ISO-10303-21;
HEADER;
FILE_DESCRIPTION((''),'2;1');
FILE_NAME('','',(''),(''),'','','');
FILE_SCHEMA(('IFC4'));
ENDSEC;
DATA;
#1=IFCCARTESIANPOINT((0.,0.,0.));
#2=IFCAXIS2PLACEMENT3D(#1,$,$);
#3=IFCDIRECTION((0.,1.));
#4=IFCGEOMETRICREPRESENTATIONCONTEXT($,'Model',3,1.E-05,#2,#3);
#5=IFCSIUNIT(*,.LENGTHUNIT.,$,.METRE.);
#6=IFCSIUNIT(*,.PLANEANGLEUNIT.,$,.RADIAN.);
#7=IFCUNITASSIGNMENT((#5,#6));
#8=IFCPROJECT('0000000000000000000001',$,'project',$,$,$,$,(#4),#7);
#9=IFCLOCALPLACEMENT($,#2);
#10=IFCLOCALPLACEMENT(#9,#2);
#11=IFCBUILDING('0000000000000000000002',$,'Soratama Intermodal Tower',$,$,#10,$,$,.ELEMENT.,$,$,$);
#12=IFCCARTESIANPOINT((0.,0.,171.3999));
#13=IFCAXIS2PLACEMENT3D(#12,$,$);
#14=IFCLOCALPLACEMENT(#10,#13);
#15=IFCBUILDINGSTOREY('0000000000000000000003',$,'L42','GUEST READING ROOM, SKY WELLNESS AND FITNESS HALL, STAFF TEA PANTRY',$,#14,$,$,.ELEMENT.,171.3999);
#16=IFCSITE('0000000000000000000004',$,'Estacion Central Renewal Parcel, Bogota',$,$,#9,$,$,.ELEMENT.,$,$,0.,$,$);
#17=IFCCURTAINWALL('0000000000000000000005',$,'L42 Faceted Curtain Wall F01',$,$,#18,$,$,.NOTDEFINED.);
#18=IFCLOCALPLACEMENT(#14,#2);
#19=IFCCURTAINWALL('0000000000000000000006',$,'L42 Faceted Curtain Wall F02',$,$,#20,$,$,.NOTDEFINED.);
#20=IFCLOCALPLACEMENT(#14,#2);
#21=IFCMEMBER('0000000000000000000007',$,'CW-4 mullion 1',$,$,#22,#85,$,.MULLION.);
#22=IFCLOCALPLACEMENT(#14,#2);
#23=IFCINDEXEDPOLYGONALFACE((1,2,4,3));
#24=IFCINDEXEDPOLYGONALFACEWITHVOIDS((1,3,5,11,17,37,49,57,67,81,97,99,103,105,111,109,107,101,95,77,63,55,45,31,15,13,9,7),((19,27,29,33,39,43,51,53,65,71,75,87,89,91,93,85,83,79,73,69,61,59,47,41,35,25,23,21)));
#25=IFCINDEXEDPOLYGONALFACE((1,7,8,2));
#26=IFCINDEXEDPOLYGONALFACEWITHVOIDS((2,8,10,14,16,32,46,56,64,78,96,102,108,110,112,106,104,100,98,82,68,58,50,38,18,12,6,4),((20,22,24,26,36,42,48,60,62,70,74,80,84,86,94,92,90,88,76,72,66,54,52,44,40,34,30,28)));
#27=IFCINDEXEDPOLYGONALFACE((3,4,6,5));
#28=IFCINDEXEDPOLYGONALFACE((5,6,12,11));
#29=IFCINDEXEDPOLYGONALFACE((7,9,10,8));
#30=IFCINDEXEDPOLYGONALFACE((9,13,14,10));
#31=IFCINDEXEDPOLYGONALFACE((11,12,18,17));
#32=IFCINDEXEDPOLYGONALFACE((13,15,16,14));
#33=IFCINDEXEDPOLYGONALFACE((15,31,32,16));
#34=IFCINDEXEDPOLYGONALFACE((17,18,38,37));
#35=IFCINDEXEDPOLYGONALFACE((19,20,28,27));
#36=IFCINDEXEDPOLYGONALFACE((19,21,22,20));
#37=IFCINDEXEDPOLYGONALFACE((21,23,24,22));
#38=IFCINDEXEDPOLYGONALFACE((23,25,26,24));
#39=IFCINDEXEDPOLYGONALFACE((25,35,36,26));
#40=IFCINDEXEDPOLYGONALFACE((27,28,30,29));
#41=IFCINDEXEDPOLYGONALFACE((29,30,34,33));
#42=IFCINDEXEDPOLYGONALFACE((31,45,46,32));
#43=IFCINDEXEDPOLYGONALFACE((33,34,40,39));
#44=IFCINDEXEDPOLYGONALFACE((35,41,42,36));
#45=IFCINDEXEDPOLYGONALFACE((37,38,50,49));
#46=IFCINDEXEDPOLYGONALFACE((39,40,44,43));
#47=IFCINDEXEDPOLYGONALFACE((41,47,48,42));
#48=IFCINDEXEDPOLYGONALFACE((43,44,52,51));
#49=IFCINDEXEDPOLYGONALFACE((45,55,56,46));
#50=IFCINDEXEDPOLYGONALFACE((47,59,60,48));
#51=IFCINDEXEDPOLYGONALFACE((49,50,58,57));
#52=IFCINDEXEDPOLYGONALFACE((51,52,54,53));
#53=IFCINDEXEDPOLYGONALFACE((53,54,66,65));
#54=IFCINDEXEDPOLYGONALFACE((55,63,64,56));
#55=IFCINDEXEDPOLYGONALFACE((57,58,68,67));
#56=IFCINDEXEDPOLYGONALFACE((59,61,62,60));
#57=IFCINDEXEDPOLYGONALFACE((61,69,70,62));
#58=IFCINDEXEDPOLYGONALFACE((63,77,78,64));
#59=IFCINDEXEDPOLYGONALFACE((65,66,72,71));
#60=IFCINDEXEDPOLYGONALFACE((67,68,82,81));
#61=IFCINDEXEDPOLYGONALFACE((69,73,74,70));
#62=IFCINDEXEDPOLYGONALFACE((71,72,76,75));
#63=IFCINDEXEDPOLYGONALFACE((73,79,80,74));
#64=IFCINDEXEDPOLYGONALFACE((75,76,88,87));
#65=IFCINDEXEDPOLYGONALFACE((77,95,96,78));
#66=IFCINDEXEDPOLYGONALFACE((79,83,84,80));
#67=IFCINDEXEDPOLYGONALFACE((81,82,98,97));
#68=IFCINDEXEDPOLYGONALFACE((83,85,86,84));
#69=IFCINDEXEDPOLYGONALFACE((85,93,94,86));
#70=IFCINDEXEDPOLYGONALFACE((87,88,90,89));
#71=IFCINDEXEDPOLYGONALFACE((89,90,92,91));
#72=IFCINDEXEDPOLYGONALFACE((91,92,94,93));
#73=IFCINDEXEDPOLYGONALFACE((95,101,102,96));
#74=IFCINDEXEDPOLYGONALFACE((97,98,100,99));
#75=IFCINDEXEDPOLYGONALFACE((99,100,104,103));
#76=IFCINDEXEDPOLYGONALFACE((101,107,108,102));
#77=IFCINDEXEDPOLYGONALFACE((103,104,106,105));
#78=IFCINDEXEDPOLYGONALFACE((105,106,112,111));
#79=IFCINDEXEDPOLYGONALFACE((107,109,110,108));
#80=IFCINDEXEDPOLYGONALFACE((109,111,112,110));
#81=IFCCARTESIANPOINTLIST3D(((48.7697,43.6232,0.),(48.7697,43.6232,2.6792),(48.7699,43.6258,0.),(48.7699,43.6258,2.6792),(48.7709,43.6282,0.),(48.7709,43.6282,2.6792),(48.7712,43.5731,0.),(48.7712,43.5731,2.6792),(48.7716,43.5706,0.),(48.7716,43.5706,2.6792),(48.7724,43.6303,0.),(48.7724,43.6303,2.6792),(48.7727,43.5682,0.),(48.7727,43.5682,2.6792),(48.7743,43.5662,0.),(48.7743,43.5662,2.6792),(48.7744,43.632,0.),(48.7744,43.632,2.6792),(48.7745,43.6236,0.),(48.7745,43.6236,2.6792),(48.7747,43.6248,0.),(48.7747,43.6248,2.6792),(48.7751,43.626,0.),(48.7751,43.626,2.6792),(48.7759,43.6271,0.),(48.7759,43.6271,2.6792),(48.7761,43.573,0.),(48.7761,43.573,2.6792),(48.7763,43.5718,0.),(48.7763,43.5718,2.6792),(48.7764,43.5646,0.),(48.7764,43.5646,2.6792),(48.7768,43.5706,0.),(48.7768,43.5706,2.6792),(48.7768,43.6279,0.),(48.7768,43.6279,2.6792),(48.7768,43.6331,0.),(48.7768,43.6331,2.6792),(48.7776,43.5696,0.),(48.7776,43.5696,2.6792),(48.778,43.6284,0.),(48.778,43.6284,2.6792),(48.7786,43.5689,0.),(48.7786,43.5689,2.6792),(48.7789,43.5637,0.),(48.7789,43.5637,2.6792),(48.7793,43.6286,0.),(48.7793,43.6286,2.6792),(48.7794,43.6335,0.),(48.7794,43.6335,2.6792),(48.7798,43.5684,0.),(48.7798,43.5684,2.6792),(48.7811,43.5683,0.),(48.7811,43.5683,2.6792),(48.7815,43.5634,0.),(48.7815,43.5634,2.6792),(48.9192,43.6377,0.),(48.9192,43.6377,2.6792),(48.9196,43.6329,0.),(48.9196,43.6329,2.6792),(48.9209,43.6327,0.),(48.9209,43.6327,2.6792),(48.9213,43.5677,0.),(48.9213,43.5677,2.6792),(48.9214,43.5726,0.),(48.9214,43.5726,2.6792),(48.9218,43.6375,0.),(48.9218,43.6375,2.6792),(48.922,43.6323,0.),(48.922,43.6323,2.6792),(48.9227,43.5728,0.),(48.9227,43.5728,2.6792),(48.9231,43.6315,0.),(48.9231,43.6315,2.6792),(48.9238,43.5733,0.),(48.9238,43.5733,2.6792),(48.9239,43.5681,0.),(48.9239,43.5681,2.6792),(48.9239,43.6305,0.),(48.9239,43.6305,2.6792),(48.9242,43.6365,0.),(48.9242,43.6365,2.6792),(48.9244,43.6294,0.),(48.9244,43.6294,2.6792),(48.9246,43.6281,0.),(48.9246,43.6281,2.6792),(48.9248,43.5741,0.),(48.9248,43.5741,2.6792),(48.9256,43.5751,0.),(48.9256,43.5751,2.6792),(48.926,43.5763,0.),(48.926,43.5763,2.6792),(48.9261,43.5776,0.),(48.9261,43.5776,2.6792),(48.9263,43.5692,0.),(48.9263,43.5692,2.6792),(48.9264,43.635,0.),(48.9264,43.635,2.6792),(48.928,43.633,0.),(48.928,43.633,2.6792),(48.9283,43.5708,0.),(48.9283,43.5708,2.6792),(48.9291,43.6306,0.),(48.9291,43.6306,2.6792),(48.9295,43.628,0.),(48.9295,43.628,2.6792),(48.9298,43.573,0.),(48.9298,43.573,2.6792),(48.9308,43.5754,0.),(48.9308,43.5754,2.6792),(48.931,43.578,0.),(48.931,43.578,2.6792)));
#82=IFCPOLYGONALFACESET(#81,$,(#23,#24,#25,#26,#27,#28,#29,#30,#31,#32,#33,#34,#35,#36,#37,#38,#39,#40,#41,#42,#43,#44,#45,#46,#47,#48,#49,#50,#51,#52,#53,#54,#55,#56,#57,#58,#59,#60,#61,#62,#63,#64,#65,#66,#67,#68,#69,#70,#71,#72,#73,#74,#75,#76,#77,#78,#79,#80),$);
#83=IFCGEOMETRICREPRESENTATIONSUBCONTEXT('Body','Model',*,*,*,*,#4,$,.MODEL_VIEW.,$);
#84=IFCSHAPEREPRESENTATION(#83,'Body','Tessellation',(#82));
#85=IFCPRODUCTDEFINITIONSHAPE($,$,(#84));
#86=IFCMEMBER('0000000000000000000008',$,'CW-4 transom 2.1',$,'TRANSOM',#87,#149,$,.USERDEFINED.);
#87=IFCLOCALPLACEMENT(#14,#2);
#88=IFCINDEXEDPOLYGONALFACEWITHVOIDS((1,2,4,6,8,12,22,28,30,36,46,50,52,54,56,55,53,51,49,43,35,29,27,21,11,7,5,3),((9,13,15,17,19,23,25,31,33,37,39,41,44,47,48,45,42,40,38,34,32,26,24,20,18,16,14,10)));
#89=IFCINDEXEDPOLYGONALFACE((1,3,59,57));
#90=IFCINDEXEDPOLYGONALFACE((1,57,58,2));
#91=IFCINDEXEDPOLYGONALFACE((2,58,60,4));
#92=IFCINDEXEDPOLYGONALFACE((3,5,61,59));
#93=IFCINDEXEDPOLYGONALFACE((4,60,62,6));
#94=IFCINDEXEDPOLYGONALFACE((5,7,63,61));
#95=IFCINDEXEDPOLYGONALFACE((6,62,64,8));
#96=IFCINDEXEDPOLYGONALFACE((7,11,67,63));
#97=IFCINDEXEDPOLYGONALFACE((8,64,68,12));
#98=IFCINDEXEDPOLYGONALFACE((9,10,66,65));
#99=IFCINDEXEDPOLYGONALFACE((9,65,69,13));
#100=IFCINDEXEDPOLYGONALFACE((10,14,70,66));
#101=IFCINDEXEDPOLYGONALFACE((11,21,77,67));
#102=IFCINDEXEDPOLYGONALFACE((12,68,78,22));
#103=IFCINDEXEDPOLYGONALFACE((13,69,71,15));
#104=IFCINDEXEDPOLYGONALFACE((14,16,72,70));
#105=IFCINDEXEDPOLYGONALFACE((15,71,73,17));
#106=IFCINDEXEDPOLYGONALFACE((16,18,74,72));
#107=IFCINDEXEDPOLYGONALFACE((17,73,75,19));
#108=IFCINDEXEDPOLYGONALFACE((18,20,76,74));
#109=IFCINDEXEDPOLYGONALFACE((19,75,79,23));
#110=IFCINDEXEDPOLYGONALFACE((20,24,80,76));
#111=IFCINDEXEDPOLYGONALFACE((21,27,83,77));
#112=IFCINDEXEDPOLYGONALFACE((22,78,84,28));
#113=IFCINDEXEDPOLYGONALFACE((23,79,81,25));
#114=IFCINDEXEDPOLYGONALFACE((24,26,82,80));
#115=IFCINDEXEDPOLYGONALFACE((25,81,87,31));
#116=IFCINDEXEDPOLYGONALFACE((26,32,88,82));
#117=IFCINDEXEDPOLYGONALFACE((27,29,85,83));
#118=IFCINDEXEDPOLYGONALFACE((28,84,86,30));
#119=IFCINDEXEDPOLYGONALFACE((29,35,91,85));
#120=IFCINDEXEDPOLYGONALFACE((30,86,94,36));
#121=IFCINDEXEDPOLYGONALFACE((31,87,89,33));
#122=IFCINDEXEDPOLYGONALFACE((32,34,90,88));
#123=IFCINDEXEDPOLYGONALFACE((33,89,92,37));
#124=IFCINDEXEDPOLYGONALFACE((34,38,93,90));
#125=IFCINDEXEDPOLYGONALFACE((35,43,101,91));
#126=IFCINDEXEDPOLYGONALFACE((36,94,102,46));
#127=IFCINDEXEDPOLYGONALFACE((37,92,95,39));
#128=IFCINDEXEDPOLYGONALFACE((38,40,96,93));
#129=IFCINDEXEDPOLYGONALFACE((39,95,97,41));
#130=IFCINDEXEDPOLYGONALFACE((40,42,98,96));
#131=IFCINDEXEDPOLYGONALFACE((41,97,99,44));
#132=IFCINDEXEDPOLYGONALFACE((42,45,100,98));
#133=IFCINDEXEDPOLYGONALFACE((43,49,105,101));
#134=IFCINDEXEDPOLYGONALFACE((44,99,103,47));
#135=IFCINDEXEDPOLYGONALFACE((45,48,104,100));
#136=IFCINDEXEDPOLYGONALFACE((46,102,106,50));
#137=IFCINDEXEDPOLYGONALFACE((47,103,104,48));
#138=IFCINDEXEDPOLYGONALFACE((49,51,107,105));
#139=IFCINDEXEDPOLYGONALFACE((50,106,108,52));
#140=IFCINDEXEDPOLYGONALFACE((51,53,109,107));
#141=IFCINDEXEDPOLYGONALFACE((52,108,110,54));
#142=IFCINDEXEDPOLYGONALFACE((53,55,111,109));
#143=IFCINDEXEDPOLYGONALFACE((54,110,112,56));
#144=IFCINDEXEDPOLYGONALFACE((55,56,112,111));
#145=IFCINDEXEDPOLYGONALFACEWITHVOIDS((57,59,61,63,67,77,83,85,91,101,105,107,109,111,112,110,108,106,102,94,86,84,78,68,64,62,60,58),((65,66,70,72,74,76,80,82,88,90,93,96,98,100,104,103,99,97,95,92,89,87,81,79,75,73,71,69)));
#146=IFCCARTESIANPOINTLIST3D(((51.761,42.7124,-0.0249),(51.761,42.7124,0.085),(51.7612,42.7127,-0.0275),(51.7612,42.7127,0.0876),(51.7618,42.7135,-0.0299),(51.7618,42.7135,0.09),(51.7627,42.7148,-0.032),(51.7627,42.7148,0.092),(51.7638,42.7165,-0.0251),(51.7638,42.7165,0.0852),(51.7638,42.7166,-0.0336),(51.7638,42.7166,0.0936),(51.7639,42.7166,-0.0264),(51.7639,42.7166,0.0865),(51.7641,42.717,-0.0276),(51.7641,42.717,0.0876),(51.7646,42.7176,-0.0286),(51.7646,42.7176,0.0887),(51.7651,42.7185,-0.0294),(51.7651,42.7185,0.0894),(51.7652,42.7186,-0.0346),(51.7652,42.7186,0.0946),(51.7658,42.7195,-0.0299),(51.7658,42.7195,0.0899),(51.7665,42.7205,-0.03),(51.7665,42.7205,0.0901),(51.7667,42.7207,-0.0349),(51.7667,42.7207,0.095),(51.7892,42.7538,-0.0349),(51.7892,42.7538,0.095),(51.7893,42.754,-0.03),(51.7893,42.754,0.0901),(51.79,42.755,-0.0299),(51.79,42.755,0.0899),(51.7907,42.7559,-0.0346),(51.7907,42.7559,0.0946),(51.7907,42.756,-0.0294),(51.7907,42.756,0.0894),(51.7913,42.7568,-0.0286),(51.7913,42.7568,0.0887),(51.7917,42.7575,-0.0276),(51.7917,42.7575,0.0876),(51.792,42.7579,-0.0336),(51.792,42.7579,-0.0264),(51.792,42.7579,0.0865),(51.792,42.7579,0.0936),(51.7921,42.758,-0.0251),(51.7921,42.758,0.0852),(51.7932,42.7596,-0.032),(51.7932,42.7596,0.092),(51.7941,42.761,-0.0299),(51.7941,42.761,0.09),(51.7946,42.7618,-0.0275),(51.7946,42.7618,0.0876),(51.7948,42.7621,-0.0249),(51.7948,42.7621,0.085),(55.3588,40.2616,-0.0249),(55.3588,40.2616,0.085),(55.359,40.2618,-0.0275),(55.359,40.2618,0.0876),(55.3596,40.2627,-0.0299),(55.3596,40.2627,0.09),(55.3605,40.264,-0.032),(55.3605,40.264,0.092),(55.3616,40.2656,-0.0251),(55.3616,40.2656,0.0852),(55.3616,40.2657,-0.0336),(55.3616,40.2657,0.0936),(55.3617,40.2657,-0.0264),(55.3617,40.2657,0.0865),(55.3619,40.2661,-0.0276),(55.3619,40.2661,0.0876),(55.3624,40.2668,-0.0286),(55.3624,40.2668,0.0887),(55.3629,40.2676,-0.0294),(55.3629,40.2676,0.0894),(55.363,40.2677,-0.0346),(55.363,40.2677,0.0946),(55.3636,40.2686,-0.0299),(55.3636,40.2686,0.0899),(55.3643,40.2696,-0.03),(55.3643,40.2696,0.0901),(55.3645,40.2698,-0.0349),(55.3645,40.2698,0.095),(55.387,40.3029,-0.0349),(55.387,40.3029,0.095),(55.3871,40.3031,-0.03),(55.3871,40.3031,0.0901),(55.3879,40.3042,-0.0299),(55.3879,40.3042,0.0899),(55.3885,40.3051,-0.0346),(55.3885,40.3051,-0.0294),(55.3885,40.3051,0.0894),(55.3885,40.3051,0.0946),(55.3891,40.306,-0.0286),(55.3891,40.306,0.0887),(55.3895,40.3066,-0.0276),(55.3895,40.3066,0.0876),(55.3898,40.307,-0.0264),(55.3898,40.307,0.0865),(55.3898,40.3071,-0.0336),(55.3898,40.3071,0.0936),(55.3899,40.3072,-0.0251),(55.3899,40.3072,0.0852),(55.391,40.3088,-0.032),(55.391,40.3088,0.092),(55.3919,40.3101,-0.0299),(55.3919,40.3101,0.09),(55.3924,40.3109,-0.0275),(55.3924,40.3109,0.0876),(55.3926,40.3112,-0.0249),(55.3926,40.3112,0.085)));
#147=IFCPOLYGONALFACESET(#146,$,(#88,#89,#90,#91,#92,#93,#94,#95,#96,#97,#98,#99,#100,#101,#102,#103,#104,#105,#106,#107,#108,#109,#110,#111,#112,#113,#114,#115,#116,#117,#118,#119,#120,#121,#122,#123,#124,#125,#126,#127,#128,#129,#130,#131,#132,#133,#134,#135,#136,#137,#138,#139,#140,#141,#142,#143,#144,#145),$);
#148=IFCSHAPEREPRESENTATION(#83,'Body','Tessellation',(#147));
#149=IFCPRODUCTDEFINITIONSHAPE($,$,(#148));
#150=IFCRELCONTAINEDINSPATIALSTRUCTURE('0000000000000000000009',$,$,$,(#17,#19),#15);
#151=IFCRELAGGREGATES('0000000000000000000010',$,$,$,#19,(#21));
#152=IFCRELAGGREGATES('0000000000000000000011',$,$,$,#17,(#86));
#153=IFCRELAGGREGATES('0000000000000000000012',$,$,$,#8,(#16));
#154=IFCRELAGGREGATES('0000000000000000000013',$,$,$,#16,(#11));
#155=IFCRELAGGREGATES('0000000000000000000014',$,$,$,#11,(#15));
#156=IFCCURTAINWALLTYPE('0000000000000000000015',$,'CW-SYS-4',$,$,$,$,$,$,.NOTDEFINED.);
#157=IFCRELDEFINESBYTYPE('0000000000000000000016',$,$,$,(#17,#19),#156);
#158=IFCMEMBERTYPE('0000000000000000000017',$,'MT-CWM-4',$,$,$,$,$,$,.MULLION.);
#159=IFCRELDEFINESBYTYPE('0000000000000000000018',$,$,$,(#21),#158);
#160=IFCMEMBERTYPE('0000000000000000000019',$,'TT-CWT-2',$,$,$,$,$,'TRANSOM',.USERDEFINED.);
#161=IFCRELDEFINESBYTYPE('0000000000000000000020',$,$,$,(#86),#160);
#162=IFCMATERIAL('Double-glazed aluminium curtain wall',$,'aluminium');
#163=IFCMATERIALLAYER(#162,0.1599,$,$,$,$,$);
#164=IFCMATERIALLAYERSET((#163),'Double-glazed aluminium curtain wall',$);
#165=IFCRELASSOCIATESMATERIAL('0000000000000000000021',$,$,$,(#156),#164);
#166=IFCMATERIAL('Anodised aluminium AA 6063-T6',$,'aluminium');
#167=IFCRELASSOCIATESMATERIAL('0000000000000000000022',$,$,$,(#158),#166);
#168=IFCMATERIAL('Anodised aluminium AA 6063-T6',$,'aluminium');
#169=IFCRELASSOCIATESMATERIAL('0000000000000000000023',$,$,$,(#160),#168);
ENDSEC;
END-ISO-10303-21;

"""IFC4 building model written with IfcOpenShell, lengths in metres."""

from ifc_helpers import new_model, si_unit, direction, frame, origin, origin_2d, place, context, subcontext, project, spatial, hollow_rectangle, extrude, material, layer, layer_set, material_profile, profile_set, type_object, element, aggregate, save


model = new_model("IFC4")

# Units and contexts
model_context = context("Model", 3, precision=1e-05, world=origin(), true_north=direction((0.0, 1.0)))
body_context = subcontext(model_context, "Body", "Model", "MODEL_VIEW")
ifc_project = project(units=[si_unit("LENGTHUNIT", "METRE"), si_unit("PLANEANGLEUNIT", "RADIAN")], contexts=[model_context])

# Site, building, storey
site_placement = place(None, origin())
site = spatial("IfcSite", under=ifc_project, at=site_placement, Name="Estacion Central Renewal Parcel, Bogota", CompositionType="ELEMENT", RefElevation=0.0)
building_placement = place(site_placement, origin())
building = spatial("IfcBuilding", under=site, at=building_placement, Name="Soratama Intermodal Tower", CompositionType="ELEMENT")
storey_placement = place(building_placement, frame((0.0, 0.0, 171.3999)))
storey = spatial("IfcBuildingStorey", under=building, at=storey_placement, Name="L42", Description="GUEST READING ROOM, SKY WELLNESS AND FITNESS HALL, STAFF TEA PANTRY", CompositionType="ELEMENT", Elevation=171.3999)

# Curtain wall
ifc_material_1 = material(Name="Double-glazed aluminium curtain wall", Category="aluminium")
ifc_layer_1 = layer(ifc_material_1, 0.1599)
ifc_layer_set_1 = layer_set([ifc_layer_1], Name="Double-glazed aluminium curtain wall")
curtain_wall_type = type_object("IfcCurtainWallType", Name="CW-SYS-4", PredefinedType="NOTDEFINED", material=ifc_layer_set_1)
curtain_wall_1_placement = place(storey_placement, origin())
curtain_wall_1 = element("IfcCurtainWall", 1, at=curtain_wall_1_placement, inside=storey, type_object=curtain_wall_type, Name="L42 Faceted Curtain Wall F01", PredefinedType="NOTDEFINED")
ifc_material_2 = material(Name="Anodised aluminium AA 6063-T6", Category="aluminium")
ifc_material_profile_1 = material_profile(ifc_material_2, hollow_rectangle(XDim=0.0701, YDim=0.1599, WallThickness=0.0049, InnerFilletRadius=0.0049, OuterFilletRadius=0.01, at=origin_2d()), Name="CWM160X70X5")
ifc_profile_set_1 = profile_set([ifc_material_profile_1], Name="Anodised aluminium AA 6063-T6")
member_type_1 = type_object("IfcMemberType", Name="MT-CWM-4", PredefinedType="MULLION", material=ifc_profile_set_1)

# Curtain wall, member
curtain_wall_2_placement = place(storey_placement, origin())
curtain_wall_2 = element("IfcCurtainWall", 2, at=curtain_wall_2_placement, inside=storey, type_object=curtain_wall_type, Name="L42 Faceted Curtain Wall F02", PredefinedType="NOTDEFINED")
member_1_placement = place(storey_placement, frame((48.8503, 43.6006, 0.0), z_axis=(0.0, 0.0, 1.0), x_axis=(0.03036, -0.999539, 0.0)))
member_1 = element("IfcMember", 3, at=member_1_placement, type_object=member_type_1, Name="CW-4 mullion 1", PredefinedType="MULLION", context=body_context, shape_type="SweptSolid", body=[
    extrude(hollow_rectangle(XDim=0.0701, YDim=0.1599, WallThickness=0.0049, InnerFilletRadius=0.0049, OuterFilletRadius=0.01, at=origin_2d()), origin(), (0.0, 0.0, 1.0), 2.6792),
])

# Member
ifc_material_3 = material(Name="Anodised aluminium AA 6063-T6", Category="aluminium")
ifc_material_profile_2 = material_profile(ifc_material_3, hollow_rectangle(XDim=0.0601, YDim=0.1299, WallThickness=0.0049, InnerFilletRadius=0.0049, OuterFilletRadius=0.01, at=origin_2d()), Name="CWT130X60X5")
ifc_profile_set_2 = profile_set([ifc_material_profile_2], Name="Anodised aluminium AA 6063-T6")
member_type_2 = type_object("IfcMemberType", Name="TT-CWT-2", ElementType="TRANSOM", PredefinedType="USERDEFINED", material=ifc_profile_set_2)
member_2_placement = place(storey_placement, frame((55.3757, 40.2864, 0.03), z_axis=(-0.826461, 0.562994, 0.0), x_axis=(-0.562994, -0.826461, 0.0)))
member_2 = element("IfcMember", 4, at=member_2_placement, type_object=member_type_2, Name="CW-4 transom 2.1", ObjectType="TRANSOM", PredefinedType="USERDEFINED", context=body_context, shape_type="SweptSolid", body=[
    extrude(hollow_rectangle(XDim=0.0601, YDim=0.1299, WallThickness=0.0049, InnerFilletRadius=0.0049, OuterFilletRadius=0.01, at=origin_2d()), origin(), (0.0, 0.0, 1.0), 4.3533),
])
aggregate(curtain_wall_2, [member_1])

aggregate(curtain_wall_1, [member_2])

save(model, "model.ifc")
